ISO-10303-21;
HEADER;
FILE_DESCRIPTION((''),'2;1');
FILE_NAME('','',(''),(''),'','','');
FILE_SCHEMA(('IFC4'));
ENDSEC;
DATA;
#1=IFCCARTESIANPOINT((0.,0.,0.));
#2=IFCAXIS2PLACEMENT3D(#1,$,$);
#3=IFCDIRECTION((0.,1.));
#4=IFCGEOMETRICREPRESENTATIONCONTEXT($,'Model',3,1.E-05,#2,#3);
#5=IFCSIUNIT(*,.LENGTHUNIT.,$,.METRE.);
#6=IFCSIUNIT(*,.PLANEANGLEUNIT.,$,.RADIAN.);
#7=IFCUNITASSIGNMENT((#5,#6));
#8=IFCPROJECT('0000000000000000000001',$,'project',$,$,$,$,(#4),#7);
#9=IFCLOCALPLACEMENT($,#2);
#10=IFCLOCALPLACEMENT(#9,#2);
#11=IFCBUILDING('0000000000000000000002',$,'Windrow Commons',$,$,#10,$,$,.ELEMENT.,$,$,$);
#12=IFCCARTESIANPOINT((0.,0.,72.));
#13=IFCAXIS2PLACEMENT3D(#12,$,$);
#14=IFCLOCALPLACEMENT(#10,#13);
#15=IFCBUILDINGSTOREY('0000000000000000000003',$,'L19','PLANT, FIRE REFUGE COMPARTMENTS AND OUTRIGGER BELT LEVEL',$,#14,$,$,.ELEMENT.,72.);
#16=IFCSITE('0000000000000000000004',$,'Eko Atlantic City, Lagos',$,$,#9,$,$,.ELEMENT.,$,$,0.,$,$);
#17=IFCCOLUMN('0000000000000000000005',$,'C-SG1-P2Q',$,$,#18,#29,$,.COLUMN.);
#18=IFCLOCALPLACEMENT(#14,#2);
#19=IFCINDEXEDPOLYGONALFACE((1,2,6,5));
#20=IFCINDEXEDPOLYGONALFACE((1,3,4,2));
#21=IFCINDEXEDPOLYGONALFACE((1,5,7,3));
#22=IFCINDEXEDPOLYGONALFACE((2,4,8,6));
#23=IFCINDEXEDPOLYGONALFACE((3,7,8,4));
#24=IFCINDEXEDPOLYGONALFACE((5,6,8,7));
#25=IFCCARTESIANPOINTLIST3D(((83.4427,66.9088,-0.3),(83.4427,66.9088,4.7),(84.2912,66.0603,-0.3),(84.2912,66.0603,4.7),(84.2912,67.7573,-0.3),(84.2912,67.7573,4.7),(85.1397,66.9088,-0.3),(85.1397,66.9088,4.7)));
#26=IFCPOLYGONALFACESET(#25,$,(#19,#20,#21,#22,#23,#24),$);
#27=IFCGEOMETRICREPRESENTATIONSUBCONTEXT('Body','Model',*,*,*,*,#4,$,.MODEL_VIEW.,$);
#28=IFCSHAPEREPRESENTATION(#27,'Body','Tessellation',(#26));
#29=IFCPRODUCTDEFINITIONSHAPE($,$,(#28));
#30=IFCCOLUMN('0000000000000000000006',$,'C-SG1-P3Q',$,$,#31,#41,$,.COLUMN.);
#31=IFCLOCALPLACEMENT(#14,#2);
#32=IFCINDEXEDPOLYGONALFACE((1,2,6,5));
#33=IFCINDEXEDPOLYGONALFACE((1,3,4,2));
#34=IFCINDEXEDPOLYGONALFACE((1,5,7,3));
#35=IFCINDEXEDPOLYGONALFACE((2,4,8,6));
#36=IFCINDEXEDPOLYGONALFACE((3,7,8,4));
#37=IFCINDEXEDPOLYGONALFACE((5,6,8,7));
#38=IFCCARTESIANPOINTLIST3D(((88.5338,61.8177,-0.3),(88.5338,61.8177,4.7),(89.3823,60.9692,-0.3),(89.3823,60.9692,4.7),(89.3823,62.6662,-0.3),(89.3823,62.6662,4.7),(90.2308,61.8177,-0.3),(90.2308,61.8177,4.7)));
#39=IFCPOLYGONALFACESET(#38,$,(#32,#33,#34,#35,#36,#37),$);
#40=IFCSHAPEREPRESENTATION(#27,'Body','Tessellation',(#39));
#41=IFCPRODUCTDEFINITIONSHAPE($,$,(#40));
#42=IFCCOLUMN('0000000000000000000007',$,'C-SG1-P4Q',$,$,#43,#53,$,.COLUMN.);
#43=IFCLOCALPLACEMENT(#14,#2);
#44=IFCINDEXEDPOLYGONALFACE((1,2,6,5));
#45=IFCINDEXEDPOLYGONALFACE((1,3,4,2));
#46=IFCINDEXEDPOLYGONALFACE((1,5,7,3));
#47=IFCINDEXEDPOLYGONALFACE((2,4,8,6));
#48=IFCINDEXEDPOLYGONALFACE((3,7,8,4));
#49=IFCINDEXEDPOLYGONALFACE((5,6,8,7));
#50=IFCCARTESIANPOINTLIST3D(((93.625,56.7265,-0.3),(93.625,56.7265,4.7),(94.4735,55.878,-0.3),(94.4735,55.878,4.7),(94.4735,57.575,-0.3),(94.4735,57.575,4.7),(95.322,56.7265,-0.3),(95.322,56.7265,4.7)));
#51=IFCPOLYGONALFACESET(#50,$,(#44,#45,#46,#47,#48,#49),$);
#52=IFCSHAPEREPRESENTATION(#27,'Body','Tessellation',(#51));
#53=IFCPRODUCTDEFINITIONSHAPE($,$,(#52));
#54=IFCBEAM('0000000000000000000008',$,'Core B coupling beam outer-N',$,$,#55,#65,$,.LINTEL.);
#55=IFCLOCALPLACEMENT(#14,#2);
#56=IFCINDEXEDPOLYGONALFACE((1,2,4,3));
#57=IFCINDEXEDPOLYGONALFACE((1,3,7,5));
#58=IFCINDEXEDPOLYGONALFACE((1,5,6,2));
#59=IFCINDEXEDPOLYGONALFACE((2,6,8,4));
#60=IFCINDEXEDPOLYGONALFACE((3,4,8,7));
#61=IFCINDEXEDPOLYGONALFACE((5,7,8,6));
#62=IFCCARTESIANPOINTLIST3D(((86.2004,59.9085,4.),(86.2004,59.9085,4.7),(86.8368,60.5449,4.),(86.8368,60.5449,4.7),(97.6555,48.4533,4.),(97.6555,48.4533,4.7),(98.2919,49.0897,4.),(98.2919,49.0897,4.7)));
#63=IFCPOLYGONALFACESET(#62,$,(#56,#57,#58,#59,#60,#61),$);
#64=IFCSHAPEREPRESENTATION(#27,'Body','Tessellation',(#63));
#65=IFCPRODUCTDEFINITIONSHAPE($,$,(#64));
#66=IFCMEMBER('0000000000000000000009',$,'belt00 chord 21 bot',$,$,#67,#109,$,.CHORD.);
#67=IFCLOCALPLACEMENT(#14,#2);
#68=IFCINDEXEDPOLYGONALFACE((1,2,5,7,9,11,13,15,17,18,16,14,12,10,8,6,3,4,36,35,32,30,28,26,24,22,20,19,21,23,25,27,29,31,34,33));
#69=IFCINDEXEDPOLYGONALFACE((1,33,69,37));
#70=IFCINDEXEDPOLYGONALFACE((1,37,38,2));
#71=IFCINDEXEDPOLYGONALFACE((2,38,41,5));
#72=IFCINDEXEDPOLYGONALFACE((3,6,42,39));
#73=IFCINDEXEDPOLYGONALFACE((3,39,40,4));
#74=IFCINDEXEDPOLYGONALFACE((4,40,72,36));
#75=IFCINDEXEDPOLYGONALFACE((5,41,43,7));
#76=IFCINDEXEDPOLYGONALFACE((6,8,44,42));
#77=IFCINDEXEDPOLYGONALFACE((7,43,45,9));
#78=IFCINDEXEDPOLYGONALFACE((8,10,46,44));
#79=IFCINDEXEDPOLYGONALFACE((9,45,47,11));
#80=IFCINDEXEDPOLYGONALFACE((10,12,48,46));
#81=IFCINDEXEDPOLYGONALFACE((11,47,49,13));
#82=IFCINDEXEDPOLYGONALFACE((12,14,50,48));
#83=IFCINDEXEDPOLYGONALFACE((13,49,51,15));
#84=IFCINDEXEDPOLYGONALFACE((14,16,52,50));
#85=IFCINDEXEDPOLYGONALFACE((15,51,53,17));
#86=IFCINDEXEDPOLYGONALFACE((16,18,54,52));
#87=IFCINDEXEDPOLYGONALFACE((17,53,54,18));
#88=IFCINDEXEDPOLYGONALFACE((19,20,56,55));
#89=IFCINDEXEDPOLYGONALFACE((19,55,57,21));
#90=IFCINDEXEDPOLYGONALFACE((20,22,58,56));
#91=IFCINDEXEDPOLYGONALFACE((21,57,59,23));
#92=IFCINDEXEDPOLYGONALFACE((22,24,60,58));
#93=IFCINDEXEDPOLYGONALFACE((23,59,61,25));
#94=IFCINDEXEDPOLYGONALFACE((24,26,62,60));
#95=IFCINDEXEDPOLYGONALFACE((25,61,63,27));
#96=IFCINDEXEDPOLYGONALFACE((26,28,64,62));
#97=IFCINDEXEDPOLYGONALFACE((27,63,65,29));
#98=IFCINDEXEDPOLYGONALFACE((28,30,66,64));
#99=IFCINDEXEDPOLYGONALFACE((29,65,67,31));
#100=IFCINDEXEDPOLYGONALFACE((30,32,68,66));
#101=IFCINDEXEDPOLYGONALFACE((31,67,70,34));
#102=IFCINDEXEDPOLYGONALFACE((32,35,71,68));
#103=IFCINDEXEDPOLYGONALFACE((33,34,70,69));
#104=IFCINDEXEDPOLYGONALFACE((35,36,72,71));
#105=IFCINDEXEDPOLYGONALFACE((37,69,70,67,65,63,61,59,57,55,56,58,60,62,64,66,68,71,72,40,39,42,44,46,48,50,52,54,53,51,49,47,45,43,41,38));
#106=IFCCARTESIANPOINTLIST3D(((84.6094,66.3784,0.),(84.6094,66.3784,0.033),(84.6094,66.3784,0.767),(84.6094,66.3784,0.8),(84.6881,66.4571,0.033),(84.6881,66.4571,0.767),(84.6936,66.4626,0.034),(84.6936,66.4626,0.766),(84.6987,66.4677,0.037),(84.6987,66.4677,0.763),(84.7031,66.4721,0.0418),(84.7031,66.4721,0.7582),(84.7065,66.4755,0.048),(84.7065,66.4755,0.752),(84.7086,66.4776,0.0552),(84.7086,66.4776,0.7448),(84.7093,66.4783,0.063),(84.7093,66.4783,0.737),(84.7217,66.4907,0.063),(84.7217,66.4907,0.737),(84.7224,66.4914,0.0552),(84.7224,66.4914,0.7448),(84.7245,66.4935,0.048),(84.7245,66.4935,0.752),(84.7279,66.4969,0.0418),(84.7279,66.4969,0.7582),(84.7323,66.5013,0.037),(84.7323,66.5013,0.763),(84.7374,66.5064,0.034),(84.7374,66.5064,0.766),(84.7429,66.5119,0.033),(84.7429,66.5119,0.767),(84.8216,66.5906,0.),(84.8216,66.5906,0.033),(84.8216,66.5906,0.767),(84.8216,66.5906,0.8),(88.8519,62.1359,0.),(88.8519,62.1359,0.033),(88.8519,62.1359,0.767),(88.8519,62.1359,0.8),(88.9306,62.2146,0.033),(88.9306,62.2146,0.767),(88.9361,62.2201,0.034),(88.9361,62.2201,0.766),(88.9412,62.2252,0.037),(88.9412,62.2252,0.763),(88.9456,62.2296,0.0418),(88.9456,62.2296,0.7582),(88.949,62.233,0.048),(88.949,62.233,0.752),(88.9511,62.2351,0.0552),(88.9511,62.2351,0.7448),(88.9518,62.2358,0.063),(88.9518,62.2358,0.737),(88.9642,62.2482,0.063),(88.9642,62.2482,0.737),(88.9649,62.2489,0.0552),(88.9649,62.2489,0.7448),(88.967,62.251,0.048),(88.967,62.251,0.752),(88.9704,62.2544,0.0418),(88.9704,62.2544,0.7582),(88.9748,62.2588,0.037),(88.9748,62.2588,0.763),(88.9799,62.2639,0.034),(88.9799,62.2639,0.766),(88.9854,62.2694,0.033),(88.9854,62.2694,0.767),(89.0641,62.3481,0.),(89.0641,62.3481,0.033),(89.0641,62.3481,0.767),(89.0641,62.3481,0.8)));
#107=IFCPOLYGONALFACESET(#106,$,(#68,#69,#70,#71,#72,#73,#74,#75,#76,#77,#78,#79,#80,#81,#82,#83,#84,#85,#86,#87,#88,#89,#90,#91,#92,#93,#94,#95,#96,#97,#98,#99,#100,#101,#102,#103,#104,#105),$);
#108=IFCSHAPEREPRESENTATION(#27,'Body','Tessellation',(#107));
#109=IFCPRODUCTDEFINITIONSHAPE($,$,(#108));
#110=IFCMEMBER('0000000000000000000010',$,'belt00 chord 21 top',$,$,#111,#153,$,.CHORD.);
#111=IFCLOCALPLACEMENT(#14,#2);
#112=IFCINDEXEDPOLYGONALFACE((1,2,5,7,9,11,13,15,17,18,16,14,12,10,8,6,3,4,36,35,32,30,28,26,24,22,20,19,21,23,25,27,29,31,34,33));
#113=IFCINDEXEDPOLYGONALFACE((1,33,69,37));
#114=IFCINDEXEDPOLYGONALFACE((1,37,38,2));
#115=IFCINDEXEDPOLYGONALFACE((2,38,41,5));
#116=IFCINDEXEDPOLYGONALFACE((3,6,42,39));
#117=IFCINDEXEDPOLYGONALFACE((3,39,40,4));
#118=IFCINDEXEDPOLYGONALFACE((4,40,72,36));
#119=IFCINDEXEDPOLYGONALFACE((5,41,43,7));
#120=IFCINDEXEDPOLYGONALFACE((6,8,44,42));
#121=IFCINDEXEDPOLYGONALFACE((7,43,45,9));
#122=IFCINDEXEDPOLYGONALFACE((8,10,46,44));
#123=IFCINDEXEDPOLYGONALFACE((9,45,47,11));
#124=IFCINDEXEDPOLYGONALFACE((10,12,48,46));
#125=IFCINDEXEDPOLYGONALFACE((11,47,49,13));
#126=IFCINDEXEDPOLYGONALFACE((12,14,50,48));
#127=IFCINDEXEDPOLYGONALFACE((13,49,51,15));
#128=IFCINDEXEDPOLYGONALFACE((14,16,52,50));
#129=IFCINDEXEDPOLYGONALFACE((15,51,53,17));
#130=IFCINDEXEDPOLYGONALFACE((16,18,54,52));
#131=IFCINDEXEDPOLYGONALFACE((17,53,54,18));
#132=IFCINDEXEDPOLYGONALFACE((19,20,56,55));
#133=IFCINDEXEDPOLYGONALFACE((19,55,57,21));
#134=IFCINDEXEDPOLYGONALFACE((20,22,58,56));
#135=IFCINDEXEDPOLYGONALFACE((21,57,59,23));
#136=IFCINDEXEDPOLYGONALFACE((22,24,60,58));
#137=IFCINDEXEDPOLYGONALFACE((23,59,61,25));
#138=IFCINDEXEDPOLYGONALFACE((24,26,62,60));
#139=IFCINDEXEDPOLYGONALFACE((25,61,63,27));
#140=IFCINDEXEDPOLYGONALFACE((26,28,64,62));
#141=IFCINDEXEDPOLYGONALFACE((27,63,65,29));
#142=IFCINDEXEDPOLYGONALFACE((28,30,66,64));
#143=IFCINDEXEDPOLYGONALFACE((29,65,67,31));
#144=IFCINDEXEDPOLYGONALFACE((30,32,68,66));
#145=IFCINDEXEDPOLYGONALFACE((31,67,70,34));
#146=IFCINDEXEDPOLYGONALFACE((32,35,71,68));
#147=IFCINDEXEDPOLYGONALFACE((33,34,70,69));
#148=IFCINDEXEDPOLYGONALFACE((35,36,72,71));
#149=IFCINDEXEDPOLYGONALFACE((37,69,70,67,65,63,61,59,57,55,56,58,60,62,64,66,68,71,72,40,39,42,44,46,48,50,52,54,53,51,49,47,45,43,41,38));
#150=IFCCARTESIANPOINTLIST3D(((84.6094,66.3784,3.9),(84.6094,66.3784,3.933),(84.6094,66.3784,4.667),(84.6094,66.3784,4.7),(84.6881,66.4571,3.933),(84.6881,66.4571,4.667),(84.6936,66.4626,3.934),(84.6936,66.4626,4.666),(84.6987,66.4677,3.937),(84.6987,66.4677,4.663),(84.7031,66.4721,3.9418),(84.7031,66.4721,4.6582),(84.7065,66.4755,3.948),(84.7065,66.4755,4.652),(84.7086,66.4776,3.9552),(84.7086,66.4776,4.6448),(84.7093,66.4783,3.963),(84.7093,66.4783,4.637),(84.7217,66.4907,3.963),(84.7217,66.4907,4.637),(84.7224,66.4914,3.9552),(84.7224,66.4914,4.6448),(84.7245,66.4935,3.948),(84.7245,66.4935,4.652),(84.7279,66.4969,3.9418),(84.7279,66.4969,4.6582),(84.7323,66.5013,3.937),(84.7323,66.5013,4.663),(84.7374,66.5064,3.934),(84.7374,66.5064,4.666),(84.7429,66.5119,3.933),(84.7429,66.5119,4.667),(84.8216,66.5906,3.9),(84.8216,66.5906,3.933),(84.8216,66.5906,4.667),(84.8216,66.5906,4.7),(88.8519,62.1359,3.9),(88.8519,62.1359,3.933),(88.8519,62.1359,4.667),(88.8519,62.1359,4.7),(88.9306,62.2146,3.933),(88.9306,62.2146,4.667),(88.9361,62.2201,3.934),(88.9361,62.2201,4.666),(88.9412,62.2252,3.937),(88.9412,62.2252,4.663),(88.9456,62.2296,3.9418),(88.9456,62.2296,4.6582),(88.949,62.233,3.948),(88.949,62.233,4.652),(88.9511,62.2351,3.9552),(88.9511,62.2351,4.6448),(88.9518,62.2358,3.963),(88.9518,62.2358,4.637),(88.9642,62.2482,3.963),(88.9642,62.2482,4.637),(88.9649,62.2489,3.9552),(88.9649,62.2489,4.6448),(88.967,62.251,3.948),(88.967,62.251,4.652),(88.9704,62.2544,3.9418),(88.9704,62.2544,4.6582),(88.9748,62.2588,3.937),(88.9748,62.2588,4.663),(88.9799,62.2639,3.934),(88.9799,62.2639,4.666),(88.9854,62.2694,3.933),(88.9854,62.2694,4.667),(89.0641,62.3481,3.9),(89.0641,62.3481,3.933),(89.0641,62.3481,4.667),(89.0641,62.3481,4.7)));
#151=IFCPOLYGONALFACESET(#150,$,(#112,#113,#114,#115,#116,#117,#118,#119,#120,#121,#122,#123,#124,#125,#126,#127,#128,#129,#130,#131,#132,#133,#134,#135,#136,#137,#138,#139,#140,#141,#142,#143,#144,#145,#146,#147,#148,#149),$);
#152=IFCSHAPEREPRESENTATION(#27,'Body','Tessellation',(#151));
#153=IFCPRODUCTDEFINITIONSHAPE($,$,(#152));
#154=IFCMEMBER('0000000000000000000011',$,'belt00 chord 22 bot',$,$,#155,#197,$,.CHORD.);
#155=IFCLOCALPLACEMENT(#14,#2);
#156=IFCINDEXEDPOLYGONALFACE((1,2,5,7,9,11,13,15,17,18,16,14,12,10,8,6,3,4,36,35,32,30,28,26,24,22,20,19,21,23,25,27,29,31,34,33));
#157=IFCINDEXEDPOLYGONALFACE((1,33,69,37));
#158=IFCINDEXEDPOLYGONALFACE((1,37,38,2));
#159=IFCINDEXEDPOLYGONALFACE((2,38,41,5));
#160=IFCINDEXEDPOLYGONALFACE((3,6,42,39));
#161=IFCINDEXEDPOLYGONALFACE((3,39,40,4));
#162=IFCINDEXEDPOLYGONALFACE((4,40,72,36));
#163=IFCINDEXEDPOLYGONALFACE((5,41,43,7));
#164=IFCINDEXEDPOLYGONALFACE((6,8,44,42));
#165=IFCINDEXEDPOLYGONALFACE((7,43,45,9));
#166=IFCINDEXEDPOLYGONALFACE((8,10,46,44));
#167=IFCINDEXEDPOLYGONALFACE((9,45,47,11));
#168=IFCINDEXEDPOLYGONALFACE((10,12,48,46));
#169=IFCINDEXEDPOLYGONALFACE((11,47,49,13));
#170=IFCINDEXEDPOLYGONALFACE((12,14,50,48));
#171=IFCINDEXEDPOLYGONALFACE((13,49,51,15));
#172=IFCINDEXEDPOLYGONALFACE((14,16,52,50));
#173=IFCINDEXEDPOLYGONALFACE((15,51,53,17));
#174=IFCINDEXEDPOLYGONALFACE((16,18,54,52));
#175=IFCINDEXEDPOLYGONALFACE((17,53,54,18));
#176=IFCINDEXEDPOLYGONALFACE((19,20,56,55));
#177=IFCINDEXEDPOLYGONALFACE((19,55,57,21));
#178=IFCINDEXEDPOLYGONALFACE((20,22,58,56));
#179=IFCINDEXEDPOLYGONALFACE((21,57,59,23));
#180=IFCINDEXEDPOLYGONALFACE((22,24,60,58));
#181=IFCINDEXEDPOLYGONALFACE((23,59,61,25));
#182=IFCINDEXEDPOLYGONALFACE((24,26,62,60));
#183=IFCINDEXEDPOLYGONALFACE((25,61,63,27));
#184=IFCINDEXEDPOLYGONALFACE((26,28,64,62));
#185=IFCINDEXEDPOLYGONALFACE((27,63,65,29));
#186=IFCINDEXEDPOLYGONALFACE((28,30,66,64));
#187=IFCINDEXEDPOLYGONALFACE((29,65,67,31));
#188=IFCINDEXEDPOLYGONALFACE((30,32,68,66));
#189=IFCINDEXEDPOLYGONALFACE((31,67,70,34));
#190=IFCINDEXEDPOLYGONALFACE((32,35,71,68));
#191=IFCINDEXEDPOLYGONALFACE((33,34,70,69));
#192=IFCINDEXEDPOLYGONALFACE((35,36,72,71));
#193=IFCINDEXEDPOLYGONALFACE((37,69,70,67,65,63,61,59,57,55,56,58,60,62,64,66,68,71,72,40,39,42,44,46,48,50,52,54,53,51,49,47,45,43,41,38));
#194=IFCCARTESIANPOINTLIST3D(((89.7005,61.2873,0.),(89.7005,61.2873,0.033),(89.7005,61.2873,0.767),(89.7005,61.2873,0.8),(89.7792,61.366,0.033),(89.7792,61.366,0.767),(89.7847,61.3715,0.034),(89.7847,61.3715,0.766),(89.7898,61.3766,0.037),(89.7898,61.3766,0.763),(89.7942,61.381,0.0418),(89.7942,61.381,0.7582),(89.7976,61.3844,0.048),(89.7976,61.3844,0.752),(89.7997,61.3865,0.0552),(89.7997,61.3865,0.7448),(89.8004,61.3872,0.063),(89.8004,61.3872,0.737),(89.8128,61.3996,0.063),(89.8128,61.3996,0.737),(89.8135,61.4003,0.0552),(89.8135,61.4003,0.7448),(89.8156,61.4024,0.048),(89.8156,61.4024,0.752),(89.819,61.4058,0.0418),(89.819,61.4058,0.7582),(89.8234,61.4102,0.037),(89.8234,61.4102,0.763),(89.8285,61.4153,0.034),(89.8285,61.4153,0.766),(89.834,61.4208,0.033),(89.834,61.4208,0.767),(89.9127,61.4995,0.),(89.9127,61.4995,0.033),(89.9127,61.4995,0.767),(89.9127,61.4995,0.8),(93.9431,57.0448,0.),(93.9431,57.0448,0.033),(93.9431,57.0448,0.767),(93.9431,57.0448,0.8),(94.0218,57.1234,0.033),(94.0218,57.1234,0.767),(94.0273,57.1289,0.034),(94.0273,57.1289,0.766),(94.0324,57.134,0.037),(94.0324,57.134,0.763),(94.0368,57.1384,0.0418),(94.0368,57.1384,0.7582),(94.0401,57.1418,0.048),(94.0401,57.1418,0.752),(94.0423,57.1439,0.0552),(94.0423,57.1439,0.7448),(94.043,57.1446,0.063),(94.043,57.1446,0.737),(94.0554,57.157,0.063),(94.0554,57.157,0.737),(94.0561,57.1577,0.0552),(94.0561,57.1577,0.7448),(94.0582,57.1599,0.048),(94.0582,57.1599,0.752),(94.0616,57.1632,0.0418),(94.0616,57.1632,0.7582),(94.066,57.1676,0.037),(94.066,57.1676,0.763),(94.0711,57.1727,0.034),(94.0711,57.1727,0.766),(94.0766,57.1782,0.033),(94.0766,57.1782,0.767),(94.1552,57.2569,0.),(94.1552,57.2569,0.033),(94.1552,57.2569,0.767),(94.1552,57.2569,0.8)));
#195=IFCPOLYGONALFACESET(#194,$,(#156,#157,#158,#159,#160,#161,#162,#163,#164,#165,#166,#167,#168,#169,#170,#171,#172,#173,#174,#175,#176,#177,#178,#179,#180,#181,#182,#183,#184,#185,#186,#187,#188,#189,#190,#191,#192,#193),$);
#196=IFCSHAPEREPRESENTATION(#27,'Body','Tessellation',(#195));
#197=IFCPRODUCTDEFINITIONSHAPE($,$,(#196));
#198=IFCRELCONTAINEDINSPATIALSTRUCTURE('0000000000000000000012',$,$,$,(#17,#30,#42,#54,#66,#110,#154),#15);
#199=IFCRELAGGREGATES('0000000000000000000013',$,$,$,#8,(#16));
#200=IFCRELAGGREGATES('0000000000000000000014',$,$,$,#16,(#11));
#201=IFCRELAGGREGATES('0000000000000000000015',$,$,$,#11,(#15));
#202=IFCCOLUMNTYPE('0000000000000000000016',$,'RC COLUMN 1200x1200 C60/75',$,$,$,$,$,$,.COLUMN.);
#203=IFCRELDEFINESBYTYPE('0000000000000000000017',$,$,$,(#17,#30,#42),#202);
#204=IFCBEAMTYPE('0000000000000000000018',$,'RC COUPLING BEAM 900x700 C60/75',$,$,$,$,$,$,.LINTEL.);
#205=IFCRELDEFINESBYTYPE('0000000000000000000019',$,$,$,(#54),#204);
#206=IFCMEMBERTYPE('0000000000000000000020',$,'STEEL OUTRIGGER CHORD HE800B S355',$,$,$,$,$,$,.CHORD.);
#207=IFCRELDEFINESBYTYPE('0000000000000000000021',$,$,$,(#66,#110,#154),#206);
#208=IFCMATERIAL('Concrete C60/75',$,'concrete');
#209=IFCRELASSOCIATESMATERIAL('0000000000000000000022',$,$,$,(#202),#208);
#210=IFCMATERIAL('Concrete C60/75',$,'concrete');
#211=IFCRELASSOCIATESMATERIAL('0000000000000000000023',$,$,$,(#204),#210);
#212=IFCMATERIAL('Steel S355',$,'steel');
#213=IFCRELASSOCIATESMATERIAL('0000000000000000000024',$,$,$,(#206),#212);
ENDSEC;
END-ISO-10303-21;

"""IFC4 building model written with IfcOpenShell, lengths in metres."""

from ifc_helpers import new_model, si_unit, direction, frame, origin, origin_2d, place, context, subcontext, project, spatial, rectangle, i_section, extrude, material, material_profile, profile_set, type_object, element, save


model = new_model("IFC4")

# Units and contexts
model_context = context("Model", 3, precision=1e-05, world=origin(), true_north=direction((0.0, 1.0)))
body_context = subcontext(model_context, "Body", "Model", "MODEL_VIEW")
ifc_project = project(units=[si_unit("LENGTHUNIT", "METRE"), si_unit("PLANEANGLEUNIT", "RADIAN")], contexts=[model_context])

# Site, building, storey
site_placement = place(None, origin())
site = spatial("IfcSite", under=ifc_project, at=site_placement, Name="Eko Atlantic City, Lagos", CompositionType="ELEMENT", RefElevation=0.0)
building_placement = place(site_placement, origin())
building = spatial("IfcBuilding", under=site, at=building_placement, Name="Windrow Commons", CompositionType="ELEMENT")
storey_placement = place(building_placement, frame((0.0, 0.0, 72.0)))
storey = spatial("IfcBuildingStorey", under=building, at=storey_placement, Name="L19", Description="PLANT, FIRE REFUGE COMPARTMENTS AND OUTRIGGER BELT LEVEL", CompositionType="ELEMENT", Elevation=72.0)

# Columns
ifc_material_1 = material(Name="Concrete C60/75", Category="concrete")
ifc_material_profile_1 = material_profile(ifc_material_1, rectangle(XDim=1.2, YDim=1.2, at=origin_2d()))
ifc_profile_set_1 = profile_set([ifc_material_profile_1], Name="Concrete C60/75")
column_type = type_object("IfcColumnType", Name="RC COLUMN 1200x1200 C60/75", PredefinedType="COLUMN", material=ifc_profile_set_1)
for number, where, z_axis, x_axis, name in (
    (1, (84.2912, 66.9088, -0.3), (0.0, 0.0, 1.0), (0.707107, -0.707107, 0.0), "C-SG1-P2Q"),
    (2, (89.3823, 61.8177, -0.3), (0.0, 0.0, 1.0), (0.707107, -0.707107, 0.0), "C-SG1-P3Q"),
    (3, (94.4735, 56.7265, -0.3), (0.0, 0.0, 1.0), (0.707107, -0.707107, 0.0), "C-SG1-P4Q"),
):
    element("IfcColumn", number, at=place(storey_placement, frame(where, z_axis=z_axis, x_axis=x_axis)), inside=storey, type_object=column_type, Name=name, PredefinedType="COLUMN", context=body_context, shape_type="SweptSolid", body=[
        extrude(rectangle(XDim=1.2, YDim=1.2, at=origin_2d()), origin(), (0.0, 0.0, 1.0), 5.0),
    ])

# Beam
ifc_material_2 = material(Name="Concrete C60/75", Category="concrete")
ifc_material_profile_2 = material_profile(ifc_material_2, rectangle(XDim=0.9, YDim=0.7, at=origin_2d()))
ifc_profile_set_2 = profile_set([ifc_material_profile_2], Name="Concrete C60/75")
beam_type = type_object("IfcBeamType", Name="RC COUPLING BEAM 900x700 C60/75", PredefinedType="LINTEL", material=ifc_profile_set_2)
beam_placement = place(storey_placement, frame((86.5186, 60.2267, 4.35), z_axis=(0.707104, -0.70711, 0.0), x_axis=(0.70711, 0.707104, 0.0)))
element("IfcBeam", 4, at=beam_placement, inside=storey, type_object=beam_type, Name="Core B coupling beam outer-N", PredefinedType="LINTEL", context=body_context, shape_type="SweptSolid", body=[
    extrude(rectangle(XDim=0.9, YDim=0.7, at=origin_2d()), origin(), (0.0, 0.0, 1.0), 16.2),
])

# Members
ifc_material_3 = material(Name="Steel S355", Category="steel")
ifc_material_profile_3 = material_profile(ifc_material_3, i_section(OverallWidth=0.3, OverallDepth=0.8, WebThickness=0.0175, FlangeThickness=0.033, FilletRadius=0.03, at=origin_2d()))
ifc_profile_set_3 = profile_set([ifc_material_profile_3], Name="Steel S355")
member_type_1 = type_object("IfcMemberType", Name="STEEL OUTRIGGER CHORD HE800B S355", PredefinedType="CHORD", material=ifc_profile_set_3)
for number, where, z_axis, x_axis, name in (
    (5, (84.7155, 66.4845, 0.4), (0.707107, -0.707107, 0.0), (0.707107, 0.707107, 0.0), "belt00 chord 21 bot"),
    (6, (84.7155, 66.4845, 4.3), (0.707107, -0.707107, 0.0), (0.707107, 0.707107, 0.0), "belt00 chord 21 top"),
):
    element("IfcMember", number, at=place(storey_placement, frame(where, z_axis=z_axis, x_axis=x_axis)), inside=storey, type_object=member_type_1, Name=name, PredefinedType="CHORD", context=body_context, shape_type="SweptSolid", body=[
        extrude(i_section(OverallWidth=0.3, OverallDepth=0.8, WebThickness=0.0175, FlangeThickness=0.033, FilletRadius=0.03, at=origin_2d()), origin(), (0.0, 0.0, 1.0), 5.9998),
    ])
for number, where, z_axis, x_axis, name in (
    (7, (89.8066, 61.3934, 0.4), (0.707107, -0.707107, 0.0), (0.707107, 0.707107, 0.0), "belt00 chord 22 bot"),
):
    element("IfcMember", number, at=place(storey_placement, frame(where, z_axis=z_axis, x_axis=x_axis)), inside=storey, type_object=member_type_1, Name=name, PredefinedType="CHORD", context=body_context, shape_type="SweptSolid", body=[
        extrude(i_section(OverallWidth=0.3, OverallDepth=0.8, WebThickness=0.0175, FlangeThickness=0.033, FilletRadius=0.03, at=origin_2d()), origin(), (0.0, 0.0, 1.0), 5.9999),
    ])

save(model, "model.ifc")
